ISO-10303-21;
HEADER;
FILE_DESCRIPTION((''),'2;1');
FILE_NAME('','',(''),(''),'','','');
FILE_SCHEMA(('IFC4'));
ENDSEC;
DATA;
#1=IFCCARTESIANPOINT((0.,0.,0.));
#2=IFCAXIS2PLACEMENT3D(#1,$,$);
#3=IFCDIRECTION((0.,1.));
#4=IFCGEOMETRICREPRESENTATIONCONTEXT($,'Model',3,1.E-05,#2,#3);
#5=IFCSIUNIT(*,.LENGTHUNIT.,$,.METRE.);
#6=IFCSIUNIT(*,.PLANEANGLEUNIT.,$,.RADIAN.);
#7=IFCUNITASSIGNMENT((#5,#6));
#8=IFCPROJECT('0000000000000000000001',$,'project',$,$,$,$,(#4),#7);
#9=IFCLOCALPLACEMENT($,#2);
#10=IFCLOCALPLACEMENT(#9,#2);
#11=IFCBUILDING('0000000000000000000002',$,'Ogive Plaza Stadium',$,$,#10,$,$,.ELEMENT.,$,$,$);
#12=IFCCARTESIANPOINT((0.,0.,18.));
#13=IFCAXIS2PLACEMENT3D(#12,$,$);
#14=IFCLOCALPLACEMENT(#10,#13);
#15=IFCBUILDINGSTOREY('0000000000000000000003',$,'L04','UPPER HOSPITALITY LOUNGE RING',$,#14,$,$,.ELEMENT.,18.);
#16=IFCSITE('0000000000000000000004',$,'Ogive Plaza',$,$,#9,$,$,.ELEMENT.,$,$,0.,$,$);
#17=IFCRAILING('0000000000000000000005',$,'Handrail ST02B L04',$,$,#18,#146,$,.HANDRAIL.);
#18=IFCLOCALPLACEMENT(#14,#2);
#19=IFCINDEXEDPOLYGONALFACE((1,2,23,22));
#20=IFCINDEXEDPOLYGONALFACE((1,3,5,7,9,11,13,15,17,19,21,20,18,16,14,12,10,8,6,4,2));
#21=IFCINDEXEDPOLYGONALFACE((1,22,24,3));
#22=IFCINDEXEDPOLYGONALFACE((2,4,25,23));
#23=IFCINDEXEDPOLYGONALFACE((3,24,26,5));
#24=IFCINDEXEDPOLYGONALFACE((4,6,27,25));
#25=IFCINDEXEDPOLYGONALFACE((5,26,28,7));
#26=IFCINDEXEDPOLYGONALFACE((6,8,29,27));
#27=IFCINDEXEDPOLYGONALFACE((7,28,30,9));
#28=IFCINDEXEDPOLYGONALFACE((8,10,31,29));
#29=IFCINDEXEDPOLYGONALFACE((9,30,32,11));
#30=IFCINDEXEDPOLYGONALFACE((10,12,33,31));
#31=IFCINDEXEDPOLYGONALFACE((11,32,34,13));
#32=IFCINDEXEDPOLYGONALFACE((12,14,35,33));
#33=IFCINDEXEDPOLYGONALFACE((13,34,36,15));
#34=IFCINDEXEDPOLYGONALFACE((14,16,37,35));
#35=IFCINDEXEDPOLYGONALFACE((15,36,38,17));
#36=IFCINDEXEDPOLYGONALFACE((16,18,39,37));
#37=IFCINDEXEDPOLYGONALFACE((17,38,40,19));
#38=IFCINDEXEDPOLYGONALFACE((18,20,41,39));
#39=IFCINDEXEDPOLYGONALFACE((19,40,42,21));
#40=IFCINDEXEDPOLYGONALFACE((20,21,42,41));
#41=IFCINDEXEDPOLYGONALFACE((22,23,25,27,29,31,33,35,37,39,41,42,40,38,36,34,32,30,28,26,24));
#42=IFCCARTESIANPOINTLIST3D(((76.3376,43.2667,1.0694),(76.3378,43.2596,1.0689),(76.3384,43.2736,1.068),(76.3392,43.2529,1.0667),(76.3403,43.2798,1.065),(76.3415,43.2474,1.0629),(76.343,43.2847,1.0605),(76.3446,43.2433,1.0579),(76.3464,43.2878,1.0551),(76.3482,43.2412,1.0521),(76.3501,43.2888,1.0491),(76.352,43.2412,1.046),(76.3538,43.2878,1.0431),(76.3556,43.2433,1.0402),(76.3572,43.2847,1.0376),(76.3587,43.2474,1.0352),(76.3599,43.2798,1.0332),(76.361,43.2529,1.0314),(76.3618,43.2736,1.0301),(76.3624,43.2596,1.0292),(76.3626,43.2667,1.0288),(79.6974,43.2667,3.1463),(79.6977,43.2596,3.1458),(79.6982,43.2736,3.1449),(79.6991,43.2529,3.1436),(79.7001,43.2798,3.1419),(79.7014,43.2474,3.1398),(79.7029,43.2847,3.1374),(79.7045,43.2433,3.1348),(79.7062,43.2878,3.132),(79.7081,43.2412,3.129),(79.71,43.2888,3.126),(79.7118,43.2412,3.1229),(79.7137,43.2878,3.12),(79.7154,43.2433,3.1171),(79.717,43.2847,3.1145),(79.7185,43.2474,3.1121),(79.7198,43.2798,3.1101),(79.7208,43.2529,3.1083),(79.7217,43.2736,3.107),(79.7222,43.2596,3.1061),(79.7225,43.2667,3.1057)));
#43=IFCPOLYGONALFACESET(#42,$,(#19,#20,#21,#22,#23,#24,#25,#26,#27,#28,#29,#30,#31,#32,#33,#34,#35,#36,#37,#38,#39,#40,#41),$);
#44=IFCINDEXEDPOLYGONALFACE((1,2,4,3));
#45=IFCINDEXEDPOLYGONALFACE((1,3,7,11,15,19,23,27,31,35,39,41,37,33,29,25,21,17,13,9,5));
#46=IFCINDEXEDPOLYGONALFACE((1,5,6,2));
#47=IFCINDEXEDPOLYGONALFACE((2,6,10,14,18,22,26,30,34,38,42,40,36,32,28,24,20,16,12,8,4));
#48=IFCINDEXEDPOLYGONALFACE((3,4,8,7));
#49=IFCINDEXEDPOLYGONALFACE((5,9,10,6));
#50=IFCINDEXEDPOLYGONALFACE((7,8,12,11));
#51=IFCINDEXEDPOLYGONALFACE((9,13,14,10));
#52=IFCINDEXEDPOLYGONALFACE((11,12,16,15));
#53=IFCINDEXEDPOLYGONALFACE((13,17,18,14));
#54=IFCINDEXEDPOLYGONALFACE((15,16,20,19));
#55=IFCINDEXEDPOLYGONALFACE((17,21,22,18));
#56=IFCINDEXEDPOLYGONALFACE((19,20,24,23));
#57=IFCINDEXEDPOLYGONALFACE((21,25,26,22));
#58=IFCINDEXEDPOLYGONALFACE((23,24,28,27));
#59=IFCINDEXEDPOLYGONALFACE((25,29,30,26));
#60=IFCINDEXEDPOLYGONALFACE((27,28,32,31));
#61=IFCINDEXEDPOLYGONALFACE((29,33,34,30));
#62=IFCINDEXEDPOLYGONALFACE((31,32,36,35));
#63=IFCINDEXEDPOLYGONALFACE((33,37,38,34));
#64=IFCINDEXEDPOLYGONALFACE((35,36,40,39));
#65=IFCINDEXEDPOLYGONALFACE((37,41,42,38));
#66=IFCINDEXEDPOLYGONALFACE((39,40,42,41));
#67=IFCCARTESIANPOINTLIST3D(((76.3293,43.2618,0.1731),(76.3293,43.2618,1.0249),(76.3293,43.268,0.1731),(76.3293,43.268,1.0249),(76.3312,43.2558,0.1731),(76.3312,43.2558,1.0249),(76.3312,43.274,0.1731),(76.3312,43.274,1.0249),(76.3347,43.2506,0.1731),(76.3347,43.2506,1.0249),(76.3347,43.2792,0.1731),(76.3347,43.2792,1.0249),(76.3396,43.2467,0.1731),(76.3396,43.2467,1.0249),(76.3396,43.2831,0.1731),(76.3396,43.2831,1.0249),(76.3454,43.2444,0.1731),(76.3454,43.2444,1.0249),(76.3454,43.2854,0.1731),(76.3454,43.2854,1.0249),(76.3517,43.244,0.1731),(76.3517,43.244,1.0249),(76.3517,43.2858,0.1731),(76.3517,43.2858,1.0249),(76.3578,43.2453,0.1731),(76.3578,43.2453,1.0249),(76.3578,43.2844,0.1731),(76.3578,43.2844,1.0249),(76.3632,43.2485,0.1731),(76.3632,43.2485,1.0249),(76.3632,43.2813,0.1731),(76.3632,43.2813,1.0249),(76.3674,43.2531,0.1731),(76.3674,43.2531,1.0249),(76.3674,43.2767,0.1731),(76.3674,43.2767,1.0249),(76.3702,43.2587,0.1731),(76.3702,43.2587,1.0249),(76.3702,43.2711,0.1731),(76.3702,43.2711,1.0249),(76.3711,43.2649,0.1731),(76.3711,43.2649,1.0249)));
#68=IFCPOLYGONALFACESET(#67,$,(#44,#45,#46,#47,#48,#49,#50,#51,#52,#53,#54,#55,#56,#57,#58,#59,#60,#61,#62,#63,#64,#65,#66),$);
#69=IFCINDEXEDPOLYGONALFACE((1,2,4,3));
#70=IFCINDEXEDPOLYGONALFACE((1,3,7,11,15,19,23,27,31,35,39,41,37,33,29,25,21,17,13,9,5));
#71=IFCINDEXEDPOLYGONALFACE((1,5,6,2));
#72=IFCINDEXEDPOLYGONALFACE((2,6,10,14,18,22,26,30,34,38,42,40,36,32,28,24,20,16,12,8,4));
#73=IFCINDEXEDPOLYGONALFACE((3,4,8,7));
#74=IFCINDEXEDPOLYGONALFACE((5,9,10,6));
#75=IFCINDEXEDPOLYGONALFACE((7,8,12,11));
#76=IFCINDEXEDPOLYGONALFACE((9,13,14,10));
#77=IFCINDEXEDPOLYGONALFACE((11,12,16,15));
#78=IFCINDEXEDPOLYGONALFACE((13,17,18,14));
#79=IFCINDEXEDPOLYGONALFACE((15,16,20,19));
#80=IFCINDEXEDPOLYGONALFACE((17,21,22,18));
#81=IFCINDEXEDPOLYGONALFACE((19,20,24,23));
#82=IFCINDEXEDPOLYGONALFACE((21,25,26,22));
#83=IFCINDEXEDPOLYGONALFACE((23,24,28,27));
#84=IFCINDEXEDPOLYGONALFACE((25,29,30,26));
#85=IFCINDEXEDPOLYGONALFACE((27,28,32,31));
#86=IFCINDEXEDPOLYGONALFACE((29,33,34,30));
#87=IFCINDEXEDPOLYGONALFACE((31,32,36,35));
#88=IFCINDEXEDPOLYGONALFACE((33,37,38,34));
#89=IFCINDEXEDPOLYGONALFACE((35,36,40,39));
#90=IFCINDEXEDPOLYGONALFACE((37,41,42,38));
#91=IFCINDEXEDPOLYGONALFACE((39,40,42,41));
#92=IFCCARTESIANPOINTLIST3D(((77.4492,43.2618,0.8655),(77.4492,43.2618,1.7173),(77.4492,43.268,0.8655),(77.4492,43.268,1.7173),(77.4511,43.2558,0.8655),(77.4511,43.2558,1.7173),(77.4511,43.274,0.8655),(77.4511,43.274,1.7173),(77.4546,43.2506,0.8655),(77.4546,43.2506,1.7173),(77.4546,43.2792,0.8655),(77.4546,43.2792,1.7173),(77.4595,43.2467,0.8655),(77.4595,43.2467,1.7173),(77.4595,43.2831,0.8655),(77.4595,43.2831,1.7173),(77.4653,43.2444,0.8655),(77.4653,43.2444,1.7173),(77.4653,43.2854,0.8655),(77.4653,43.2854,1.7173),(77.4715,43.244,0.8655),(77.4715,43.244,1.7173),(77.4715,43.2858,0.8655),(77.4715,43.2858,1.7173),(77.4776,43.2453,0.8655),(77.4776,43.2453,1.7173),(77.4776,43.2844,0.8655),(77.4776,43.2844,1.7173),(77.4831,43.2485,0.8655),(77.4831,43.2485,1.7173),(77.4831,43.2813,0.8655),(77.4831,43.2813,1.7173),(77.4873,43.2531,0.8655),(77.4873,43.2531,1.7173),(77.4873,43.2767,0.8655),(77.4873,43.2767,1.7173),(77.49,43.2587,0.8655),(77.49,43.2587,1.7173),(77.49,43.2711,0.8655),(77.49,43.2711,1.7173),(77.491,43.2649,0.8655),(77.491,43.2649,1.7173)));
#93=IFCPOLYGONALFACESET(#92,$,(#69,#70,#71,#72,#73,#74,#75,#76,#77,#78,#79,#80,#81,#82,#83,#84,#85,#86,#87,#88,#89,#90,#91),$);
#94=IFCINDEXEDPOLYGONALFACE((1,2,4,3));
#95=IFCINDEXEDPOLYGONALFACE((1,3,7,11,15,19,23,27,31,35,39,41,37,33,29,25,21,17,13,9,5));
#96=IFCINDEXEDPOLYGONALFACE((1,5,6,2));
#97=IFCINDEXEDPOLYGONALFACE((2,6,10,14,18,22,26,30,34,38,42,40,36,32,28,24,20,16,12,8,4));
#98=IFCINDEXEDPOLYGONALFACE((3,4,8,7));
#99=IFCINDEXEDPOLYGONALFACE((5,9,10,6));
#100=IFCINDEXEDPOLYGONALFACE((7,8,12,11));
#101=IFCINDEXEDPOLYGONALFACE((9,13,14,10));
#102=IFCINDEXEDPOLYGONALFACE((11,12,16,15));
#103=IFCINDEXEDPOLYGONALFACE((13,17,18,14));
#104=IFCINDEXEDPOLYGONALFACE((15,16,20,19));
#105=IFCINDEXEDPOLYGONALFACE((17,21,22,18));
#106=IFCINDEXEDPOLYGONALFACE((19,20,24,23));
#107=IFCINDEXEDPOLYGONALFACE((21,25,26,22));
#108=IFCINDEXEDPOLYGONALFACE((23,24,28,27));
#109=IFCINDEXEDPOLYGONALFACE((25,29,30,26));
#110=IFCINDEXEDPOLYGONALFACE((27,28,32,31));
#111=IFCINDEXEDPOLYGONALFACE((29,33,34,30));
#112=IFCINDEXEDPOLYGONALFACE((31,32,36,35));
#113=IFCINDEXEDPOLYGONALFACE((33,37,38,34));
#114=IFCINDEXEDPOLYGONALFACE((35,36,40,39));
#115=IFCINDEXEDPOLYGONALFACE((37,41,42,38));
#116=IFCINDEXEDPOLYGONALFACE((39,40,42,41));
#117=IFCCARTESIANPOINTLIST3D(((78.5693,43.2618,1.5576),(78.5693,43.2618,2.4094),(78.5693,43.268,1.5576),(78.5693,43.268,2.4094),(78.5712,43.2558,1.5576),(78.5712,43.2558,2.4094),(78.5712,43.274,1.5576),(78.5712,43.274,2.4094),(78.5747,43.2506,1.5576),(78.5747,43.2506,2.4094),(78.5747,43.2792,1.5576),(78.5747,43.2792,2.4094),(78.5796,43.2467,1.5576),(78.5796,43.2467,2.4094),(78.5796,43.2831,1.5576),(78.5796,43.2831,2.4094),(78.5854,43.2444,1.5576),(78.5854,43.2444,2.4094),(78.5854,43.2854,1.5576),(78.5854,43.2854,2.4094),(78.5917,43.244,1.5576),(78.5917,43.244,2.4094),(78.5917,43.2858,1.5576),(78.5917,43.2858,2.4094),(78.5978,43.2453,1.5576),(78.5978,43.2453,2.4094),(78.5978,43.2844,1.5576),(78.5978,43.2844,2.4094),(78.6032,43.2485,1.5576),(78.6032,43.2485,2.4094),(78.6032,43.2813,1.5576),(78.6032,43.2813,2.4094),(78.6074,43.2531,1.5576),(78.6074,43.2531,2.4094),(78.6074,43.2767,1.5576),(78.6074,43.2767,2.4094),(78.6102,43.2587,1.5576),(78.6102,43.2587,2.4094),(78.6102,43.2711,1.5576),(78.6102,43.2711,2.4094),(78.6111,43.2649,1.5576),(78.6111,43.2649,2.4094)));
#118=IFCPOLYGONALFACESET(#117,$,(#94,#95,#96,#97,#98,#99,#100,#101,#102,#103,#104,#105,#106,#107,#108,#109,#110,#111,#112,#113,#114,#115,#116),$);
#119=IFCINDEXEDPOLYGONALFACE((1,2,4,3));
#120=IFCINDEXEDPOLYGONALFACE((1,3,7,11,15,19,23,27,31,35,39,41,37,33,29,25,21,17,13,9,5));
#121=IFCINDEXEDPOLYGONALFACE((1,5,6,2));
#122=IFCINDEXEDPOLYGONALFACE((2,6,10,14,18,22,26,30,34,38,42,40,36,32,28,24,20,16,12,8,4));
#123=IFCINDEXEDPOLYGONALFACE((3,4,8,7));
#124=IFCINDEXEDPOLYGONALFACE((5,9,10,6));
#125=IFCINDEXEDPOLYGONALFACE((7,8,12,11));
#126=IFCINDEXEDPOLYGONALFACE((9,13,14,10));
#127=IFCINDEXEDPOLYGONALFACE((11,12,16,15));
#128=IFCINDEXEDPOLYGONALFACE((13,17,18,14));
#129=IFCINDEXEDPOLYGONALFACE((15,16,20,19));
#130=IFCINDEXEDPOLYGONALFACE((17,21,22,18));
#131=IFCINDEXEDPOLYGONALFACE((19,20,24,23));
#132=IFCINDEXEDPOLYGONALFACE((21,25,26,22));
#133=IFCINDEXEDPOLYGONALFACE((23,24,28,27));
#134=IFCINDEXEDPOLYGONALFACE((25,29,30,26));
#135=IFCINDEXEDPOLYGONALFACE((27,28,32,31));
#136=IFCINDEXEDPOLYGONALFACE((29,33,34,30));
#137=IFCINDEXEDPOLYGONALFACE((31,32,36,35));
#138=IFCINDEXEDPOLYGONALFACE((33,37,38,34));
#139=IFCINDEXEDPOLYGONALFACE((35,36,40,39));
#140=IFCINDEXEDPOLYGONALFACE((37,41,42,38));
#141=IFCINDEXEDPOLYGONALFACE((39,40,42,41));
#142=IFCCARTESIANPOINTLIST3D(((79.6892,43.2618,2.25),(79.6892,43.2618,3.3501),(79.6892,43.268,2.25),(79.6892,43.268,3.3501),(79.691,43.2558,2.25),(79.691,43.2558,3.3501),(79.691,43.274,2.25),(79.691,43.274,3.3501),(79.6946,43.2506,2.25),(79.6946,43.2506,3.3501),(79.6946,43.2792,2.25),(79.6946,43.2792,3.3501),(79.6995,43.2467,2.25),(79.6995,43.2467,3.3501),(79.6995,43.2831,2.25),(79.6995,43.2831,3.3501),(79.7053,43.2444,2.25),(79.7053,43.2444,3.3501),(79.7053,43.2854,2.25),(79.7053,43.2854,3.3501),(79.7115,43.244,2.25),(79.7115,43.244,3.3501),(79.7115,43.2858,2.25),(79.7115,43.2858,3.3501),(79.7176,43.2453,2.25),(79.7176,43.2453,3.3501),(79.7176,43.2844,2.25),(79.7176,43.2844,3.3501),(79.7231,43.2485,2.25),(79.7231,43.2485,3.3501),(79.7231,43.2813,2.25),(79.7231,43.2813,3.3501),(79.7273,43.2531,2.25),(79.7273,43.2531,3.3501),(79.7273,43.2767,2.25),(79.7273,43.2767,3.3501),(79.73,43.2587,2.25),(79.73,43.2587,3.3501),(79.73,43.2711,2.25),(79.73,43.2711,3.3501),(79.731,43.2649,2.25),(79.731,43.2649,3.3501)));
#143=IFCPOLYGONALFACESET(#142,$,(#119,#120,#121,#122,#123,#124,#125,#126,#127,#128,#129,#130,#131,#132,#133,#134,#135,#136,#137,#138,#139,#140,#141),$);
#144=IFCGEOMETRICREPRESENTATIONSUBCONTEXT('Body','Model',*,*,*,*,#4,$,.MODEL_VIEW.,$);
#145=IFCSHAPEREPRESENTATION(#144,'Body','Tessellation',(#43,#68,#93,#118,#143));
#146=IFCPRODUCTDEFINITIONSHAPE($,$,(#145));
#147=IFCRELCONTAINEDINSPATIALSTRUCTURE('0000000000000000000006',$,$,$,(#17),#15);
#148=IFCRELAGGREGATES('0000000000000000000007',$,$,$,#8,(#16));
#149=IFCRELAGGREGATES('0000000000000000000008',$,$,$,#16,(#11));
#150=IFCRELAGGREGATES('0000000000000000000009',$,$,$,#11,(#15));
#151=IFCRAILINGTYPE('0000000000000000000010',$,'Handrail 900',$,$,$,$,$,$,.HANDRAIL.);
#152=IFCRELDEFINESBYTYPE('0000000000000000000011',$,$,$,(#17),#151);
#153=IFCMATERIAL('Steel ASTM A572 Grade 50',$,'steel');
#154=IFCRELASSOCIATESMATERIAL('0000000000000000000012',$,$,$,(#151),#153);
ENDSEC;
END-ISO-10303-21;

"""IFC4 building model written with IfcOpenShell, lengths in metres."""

from ifc_helpers import new_model, si_unit, direction, frame, origin, origin_2d, place, context, subcontext, project, spatial, circle, extrude, material, type_object, element, save


model = new_model("IFC4")

# Units and contexts
model_context = context("Model", 3, precision=1e-05, world=origin(), true_north=direction((0.0, 1.0)))
body_context = subcontext(model_context, "Body", "Model", "MODEL_VIEW")
ifc_project = project(units=[si_unit("LENGTHUNIT", "METRE"), si_unit("PLANEANGLEUNIT", "RADIAN")], contexts=[model_context])

# Site, building, storey
site_placement = place(None, origin())
site = spatial("IfcSite", under=ifc_project, at=site_placement, Name="Ogive Plaza", CompositionType="ELEMENT", RefElevation=0.0)
building_placement = place(site_placement, origin())
building = spatial("IfcBuilding", under=site, at=building_placement, Name="Ogive Plaza Stadium", CompositionType="ELEMENT")
storey_placement = place(building_placement, frame((0.0, 0.0, 18.0)))
storey = spatial("IfcBuildingStorey", under=building, at=storey_placement, Name="L04", Description="UPPER HOSPITALITY LOUNGE RING", CompositionType="ELEMENT", Elevation=18.0)

# Railing
ifc_material_1 = material(Name="Steel ASTM A572 Grade 50", Category="steel")
railing_type_1 = type_object("IfcRailingType", Name="Handrail 900", PredefinedType="HANDRAIL", material=ifc_material_1)
for number, where, name in (
    (1, (76.3501, 43.2649, 0.1731), "Handrail ST02B L04"),
):
    element("IfcRailing", number, at=place(storey_placement, frame(where)), inside=storey, type_object=railing_type_1, Name=name, PredefinedType="HANDRAIL", context=body_context, shape_type="SweptSolid", body=[
        extrude(circle(Radius=0.0239, at=origin_2d()), frame((0.0, 0.0, 0.876), z_axis=(0.850606, 0.0, 0.525803), x_axis=(0.0, 1.0, 0.0)), (0.0, 0.0, 1.0), 3.95),
        extrude(circle(Radius=0.021, at=origin_2d()), origin(), (0.0, 0.0, 1.0), 0.8518),
        extrude(circle(Radius=0.021, at=origin_2d()), frame((1.1199, 0.0, 0.6924)), (0.0, 0.0, 1.0), 0.8518),
        extrude(circle(Radius=0.021, at=origin_2d()), frame((2.24, 0.0, 1.3845)), (0.0, 0.0, 1.0), 0.8518),
        extrude(circle(Radius=0.021, at=origin_2d()), frame((3.3599, 0.0, 2.0769)), (0.0, 0.0, 1.0), 1.1001),
    ])

save(model, "model.ifc")
